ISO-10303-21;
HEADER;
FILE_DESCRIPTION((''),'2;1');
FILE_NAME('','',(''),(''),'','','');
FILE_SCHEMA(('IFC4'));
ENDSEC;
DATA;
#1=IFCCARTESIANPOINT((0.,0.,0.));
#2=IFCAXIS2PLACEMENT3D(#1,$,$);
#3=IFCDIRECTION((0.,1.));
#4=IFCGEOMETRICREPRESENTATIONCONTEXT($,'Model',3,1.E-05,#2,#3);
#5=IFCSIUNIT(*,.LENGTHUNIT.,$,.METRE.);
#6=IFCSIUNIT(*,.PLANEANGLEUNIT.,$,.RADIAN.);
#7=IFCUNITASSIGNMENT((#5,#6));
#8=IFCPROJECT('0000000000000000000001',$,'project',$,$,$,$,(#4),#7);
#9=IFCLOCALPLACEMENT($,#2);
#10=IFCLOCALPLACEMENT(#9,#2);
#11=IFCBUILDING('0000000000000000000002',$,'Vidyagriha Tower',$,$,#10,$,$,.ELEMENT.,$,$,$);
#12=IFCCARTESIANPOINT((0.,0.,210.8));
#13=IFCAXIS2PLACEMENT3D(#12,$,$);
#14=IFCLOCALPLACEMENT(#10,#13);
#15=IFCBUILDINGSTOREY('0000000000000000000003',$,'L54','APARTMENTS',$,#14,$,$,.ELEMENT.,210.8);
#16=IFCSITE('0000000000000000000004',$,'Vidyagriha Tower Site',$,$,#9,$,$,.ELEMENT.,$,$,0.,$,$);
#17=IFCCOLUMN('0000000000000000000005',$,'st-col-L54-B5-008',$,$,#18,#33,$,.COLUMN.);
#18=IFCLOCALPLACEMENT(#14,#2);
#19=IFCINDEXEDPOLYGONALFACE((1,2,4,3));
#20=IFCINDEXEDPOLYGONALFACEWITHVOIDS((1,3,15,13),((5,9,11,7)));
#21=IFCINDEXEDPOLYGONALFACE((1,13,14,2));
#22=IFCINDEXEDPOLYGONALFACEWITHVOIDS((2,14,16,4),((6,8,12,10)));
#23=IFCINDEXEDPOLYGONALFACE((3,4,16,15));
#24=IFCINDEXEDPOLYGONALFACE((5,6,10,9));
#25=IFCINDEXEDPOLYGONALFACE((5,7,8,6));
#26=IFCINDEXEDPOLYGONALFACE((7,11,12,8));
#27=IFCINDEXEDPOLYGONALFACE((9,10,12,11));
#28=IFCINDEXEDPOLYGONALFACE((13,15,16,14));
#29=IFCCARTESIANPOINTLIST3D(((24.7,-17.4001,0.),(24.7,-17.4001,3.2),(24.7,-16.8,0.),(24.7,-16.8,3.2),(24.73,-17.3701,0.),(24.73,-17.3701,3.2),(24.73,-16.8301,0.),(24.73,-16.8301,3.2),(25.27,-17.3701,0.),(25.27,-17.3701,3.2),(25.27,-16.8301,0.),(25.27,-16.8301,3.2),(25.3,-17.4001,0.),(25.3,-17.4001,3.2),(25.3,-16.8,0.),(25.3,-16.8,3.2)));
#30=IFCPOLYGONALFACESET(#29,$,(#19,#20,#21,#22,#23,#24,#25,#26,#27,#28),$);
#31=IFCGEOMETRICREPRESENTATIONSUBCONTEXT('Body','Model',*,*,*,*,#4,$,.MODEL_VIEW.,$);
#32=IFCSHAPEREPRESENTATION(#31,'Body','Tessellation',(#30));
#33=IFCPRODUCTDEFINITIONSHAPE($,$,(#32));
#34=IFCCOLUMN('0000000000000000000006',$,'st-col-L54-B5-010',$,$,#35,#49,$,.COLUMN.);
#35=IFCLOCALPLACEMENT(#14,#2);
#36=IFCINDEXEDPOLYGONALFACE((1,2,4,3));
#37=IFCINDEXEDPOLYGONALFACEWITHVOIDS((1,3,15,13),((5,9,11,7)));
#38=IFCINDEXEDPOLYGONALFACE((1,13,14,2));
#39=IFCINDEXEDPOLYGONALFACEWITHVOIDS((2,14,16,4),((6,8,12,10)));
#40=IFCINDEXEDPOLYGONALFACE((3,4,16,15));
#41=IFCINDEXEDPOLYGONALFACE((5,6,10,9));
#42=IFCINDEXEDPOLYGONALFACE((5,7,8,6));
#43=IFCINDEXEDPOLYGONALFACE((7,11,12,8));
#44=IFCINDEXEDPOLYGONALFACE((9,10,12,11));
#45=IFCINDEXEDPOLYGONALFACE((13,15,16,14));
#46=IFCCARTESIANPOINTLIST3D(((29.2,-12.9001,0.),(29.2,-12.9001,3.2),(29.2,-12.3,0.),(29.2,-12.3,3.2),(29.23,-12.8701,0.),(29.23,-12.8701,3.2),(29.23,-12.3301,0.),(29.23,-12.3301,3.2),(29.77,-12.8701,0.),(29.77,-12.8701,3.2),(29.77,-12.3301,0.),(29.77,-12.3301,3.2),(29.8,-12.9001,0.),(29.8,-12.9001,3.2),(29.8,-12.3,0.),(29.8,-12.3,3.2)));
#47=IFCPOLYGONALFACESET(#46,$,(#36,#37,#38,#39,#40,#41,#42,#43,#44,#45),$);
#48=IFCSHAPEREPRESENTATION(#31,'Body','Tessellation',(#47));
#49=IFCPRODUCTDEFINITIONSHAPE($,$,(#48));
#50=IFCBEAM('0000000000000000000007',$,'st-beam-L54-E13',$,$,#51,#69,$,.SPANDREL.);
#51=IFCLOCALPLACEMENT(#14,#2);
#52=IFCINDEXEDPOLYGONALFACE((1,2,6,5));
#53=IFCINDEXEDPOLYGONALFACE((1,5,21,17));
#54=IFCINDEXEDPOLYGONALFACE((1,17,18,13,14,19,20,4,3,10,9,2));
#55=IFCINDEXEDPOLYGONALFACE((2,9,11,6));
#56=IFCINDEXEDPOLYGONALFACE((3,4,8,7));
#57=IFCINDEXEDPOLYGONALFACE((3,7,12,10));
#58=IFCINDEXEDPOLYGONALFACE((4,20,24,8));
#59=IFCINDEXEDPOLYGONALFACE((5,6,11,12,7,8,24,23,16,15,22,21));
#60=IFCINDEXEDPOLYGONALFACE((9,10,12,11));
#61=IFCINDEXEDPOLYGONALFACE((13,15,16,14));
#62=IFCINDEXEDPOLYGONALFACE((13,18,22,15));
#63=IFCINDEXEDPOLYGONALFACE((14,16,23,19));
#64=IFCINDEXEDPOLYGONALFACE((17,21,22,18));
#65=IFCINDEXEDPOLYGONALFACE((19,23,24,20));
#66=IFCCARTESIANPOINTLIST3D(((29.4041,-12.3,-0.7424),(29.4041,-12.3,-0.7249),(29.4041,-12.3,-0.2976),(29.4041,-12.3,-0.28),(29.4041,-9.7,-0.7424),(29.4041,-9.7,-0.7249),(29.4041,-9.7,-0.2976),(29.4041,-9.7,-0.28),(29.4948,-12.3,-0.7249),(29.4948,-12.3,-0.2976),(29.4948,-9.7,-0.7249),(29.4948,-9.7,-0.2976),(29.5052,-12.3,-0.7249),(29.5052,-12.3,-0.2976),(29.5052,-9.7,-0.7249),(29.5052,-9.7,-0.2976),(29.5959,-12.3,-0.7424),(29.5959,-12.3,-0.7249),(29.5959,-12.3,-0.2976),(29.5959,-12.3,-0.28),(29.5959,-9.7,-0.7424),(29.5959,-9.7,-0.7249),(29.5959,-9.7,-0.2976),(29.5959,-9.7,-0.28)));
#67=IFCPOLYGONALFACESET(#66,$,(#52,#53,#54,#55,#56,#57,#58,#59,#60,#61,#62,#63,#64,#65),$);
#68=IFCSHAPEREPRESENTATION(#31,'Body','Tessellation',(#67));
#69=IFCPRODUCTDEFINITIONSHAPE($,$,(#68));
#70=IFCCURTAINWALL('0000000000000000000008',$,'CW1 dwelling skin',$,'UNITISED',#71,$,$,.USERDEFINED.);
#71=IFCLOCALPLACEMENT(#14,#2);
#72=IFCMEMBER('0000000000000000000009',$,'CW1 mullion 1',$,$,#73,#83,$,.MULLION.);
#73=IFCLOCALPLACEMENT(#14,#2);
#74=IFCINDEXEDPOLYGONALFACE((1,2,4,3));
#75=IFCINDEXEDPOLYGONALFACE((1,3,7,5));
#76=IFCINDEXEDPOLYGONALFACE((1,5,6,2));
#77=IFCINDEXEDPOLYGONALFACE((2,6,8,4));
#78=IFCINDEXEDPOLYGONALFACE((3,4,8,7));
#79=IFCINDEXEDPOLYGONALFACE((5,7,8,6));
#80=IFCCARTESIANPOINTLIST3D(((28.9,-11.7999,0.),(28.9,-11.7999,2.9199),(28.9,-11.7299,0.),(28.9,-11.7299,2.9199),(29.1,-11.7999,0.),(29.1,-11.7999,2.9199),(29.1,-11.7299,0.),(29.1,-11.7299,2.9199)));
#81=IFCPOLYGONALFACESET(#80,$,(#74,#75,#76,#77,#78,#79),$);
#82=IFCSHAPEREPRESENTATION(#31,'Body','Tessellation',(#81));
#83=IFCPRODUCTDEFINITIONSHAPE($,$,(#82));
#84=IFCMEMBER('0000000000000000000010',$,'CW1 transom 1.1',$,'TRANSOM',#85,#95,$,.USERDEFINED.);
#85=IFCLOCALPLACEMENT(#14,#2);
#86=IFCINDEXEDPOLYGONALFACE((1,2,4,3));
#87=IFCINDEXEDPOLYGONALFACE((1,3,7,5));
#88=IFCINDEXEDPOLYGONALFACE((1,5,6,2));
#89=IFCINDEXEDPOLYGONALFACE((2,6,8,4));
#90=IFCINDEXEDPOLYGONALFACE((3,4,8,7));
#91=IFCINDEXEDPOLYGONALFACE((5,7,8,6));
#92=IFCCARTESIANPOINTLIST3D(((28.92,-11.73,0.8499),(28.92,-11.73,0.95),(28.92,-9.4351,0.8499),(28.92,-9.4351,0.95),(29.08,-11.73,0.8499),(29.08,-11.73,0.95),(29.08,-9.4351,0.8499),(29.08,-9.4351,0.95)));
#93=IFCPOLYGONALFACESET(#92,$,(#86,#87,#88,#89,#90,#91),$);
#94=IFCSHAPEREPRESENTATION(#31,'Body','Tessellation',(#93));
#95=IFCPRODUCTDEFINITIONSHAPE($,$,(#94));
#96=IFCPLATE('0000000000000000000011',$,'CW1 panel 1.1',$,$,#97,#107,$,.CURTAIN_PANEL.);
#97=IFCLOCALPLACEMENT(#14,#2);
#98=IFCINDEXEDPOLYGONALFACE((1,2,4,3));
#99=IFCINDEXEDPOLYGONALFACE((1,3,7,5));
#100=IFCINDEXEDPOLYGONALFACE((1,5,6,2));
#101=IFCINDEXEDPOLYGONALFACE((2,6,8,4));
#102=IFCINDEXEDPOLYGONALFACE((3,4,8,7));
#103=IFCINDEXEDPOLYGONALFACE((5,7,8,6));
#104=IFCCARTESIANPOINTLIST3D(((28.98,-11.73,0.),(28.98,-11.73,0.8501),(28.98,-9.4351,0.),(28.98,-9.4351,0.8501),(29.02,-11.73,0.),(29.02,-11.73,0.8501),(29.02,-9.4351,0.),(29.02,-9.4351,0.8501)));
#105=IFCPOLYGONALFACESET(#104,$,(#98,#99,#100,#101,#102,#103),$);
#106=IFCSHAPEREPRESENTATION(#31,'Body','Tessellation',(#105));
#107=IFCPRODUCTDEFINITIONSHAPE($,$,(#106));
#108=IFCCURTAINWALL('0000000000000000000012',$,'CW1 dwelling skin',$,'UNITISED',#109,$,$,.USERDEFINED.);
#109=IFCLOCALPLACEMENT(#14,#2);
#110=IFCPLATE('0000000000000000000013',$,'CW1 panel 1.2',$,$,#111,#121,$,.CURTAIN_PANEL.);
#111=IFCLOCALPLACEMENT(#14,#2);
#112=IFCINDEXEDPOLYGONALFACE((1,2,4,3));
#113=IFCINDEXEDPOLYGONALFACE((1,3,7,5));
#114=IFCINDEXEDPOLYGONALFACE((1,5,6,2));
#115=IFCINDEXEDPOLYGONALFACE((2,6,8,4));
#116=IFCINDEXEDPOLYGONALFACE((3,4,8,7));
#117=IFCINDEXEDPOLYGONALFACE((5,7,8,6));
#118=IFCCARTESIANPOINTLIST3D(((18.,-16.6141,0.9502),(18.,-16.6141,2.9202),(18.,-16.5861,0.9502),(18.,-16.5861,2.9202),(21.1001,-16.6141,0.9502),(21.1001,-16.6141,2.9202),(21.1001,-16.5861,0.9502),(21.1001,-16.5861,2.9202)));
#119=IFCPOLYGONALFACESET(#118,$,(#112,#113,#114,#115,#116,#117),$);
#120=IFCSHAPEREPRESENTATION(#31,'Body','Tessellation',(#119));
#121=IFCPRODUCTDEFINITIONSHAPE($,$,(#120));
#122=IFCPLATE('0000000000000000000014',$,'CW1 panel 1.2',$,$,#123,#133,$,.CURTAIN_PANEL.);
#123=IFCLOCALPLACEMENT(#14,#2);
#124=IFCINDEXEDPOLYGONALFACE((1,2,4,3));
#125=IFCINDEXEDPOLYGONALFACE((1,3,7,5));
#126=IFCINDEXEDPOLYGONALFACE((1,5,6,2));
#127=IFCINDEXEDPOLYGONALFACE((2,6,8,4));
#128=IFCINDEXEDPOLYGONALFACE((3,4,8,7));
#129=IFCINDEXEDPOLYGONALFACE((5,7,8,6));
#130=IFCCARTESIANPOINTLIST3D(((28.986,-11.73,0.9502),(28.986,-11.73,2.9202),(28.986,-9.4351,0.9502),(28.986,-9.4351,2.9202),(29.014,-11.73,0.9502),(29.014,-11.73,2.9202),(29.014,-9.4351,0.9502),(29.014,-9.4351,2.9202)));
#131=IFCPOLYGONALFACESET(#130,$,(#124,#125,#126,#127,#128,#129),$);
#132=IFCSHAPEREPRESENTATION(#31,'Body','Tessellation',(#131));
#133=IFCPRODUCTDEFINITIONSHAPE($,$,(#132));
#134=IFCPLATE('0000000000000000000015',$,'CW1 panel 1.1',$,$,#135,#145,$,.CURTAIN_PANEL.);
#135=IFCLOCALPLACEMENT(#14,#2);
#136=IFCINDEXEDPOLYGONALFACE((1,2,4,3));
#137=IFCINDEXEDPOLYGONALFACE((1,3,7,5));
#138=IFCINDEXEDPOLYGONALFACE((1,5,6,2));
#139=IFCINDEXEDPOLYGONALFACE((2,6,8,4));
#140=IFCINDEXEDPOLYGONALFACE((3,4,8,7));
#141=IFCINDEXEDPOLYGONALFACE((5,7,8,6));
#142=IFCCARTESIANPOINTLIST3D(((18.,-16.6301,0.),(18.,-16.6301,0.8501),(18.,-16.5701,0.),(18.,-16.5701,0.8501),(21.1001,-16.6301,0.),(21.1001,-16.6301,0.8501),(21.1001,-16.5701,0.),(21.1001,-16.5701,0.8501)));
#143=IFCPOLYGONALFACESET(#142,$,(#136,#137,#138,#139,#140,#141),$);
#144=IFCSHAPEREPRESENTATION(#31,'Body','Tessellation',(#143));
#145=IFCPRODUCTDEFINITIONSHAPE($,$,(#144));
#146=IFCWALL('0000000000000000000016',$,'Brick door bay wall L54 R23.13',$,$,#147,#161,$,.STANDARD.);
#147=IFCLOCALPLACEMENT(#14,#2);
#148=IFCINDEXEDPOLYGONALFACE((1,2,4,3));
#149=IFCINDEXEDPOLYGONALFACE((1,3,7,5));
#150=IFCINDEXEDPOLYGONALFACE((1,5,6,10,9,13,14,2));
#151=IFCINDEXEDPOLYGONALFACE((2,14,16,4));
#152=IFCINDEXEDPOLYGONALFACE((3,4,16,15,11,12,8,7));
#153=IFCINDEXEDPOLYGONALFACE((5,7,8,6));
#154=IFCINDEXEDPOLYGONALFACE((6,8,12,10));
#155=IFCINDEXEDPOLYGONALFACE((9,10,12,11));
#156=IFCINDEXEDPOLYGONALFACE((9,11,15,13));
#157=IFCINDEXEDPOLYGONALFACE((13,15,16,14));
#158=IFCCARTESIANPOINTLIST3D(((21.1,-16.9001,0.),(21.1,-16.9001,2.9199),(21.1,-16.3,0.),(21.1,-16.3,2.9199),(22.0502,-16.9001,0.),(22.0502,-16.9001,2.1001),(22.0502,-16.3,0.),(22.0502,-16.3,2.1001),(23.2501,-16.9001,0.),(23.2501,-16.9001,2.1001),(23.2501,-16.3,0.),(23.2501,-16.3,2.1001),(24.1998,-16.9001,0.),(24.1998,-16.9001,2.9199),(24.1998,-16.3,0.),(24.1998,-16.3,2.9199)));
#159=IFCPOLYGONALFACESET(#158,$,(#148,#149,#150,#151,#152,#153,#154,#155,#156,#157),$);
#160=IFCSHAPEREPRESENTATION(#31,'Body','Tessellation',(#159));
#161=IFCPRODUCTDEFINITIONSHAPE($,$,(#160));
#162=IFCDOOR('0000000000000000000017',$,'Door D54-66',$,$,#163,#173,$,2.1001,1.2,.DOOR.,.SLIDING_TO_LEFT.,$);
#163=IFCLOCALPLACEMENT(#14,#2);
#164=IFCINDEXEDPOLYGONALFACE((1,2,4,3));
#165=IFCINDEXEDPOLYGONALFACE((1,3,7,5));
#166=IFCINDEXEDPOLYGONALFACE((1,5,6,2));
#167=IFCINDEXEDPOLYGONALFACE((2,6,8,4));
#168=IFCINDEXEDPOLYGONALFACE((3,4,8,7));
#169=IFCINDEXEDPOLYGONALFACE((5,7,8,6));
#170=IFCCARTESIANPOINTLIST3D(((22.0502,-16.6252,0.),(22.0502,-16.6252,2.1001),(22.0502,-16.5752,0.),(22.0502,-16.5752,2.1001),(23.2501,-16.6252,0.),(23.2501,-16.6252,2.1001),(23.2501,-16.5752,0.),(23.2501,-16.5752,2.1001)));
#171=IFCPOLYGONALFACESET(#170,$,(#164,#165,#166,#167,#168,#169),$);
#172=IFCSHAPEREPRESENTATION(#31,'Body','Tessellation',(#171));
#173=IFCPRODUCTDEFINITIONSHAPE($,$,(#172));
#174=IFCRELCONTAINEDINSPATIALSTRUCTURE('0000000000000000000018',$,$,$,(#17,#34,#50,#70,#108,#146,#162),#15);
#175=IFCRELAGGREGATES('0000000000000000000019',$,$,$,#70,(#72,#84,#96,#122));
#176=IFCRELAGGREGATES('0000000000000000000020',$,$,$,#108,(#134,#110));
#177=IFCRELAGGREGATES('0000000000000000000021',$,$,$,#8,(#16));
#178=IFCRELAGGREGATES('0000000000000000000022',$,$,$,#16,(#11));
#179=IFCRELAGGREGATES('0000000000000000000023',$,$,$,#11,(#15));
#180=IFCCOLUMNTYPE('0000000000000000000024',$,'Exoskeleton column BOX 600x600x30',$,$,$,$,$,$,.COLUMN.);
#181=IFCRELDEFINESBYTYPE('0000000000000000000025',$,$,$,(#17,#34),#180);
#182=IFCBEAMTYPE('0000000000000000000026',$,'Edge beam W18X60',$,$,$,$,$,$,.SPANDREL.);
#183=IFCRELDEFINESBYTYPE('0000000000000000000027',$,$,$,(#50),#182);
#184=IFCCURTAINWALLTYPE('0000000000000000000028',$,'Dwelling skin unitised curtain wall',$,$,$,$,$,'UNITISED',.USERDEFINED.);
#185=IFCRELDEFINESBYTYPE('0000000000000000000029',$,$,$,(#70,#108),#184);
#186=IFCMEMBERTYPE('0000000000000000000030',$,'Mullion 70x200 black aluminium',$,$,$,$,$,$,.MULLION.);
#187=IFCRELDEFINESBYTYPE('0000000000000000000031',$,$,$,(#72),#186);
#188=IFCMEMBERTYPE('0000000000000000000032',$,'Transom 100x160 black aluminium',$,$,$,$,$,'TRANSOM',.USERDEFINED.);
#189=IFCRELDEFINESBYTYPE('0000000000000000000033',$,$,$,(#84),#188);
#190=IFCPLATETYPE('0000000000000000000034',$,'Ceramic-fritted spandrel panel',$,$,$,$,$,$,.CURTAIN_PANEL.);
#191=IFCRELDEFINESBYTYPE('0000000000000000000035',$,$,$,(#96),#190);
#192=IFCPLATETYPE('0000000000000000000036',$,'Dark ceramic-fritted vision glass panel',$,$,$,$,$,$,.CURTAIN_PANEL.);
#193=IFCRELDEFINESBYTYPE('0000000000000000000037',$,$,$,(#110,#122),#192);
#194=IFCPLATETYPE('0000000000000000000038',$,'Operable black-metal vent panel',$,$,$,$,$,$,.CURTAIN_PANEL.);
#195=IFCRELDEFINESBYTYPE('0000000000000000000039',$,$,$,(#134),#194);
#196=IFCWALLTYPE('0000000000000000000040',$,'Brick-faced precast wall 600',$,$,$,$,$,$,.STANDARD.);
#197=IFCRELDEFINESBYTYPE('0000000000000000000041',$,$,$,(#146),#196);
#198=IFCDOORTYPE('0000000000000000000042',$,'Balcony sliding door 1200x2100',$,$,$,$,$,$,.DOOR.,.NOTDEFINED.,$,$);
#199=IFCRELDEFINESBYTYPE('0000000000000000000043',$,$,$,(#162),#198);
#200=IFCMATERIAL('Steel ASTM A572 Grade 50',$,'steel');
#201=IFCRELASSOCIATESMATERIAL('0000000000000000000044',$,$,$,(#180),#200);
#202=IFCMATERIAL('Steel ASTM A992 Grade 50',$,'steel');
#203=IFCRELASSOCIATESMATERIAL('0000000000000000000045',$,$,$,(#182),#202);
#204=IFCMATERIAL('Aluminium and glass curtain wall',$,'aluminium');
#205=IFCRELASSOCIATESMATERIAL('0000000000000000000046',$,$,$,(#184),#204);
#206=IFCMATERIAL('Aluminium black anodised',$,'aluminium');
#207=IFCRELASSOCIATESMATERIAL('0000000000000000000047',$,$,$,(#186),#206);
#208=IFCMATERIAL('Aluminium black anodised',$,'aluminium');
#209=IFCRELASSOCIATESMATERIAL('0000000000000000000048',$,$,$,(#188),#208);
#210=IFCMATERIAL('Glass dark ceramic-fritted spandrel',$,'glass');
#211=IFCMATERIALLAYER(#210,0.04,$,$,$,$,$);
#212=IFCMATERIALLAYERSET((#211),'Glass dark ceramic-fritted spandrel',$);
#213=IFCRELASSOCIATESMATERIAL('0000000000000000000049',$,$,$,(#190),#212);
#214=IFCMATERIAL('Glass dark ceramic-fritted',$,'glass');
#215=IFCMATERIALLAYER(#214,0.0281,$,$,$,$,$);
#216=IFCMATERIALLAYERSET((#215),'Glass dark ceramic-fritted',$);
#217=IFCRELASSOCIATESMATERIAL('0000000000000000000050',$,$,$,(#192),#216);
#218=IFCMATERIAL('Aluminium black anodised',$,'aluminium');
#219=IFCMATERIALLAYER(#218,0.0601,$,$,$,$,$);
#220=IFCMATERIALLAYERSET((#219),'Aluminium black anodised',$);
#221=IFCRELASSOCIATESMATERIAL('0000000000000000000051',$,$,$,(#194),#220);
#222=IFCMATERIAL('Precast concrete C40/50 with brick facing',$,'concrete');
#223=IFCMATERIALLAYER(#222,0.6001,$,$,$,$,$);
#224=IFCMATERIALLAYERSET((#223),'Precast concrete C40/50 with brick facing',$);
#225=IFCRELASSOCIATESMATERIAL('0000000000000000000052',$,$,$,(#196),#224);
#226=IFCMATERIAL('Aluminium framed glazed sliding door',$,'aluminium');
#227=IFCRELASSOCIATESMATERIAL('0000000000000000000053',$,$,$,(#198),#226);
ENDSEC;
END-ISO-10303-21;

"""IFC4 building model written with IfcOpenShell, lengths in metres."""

from ifc_helpers import new_model, si_unit, direction, frame, frame_2d, origin, origin_2d, place, context, subcontext, project, spatial, rectangle, hollow_rectangle, i_section, extrude, material, layer, layer_set, material_profile, profile_set, type_object, element, fill, aggregate, save


model = new_model("IFC4")

# Units and contexts
model_context = context("Model", 3, precision=1e-05, world=origin(), true_north=direction((0.0, 1.0)))
body_context = subcontext(model_context, "Body", "Model", "MODEL_VIEW")
ifc_project = project(units=[si_unit("LENGTHUNIT", "METRE"), si_unit("PLANEANGLEUNIT", "RADIAN")], contexts=[model_context])

# Site, building, storey
site_placement = place(None, origin())
site = spatial("IfcSite", under=ifc_project, at=site_placement, Name="Vidyagriha Tower Site", CompositionType="ELEMENT", RefElevation=0.0)
building_placement = place(site_placement, origin())
building = spatial("IfcBuilding", under=site, at=building_placement, Name="Vidyagriha Tower", CompositionType="ELEMENT")
storey_placement = place(building_placement, frame((0.0, 0.0, 210.8)))
storey = spatial("IfcBuildingStorey", under=building, at=storey_placement, Name="L54", Description="APARTMENTS", CompositionType="ELEMENT", Elevation=210.8)

# Columns
ifc_material_1 = material(Name="Steel ASTM A572 Grade 50", Category="steel")
ifc_material_profile_1 = material_profile(ifc_material_1, hollow_rectangle(XDim=0.6001, YDim=0.6001, WallThickness=0.03, at=origin_2d()), Name="BOX 600x600x30")
ifc_profile_set_1 = profile_set([ifc_material_profile_1], Name="Steel ASTM A572 Grade 50")
column_type = type_object("IfcColumnType", Name="Exoskeleton column BOX 600x600x30", PredefinedType="COLUMN", material=ifc_profile_set_1)
for number, where, name in (
    (1, (25.0, -17.1001, 0.0), "st-col-L54-B5-008"),
    (2, (29.5, -12.6001, 0.0), "st-col-L54-B5-010"),
):
    element("IfcColumn", number, at=place(storey_placement, frame(where)), inside=storey, type_object=column_type, Name=name, PredefinedType="COLUMN", context=body_context, shape_type="SweptSolid", body=[
        extrude(hollow_rectangle(XDim=0.6001, YDim=0.6001, WallThickness=0.03, at=origin_2d()), origin(), (0.0, 0.0, 1.0), 3.2),
    ])

# Beam
ifc_material_2 = material(Name="Steel ASTM A992 Grade 50", Category="steel")
ifc_material_profile_2 = material_profile(ifc_material_2, i_section(OverallWidth=0.1919, OverallDepth=0.4624, WebThickness=0.0105, FlangeThickness=0.0176, at=origin_2d()), Name="W18X60")
ifc_profile_set_2 = profile_set([ifc_material_profile_2], Name="Steel ASTM A992 Grade 50")
beam_type = type_object("IfcBeamType", Name="Edge beam W18X60", PredefinedType="SPANDREL", material=ifc_profile_set_2)
beam_placement = place(storey_placement, frame((29.5, -12.3, -0.5112), z_axis=(0.0, 1.0, 0.0), x_axis=(-1.0, 0.0, 0.0)))
element("IfcBeam", 3, at=beam_placement, inside=storey, type_object=beam_type, Name="st-beam-L54-E13", PredefinedType="SPANDREL", context=body_context, shape_type="SweptSolid", body=[
    extrude(i_section(OverallWidth=0.1919, OverallDepth=0.4624, WebThickness=0.0105, FlangeThickness=0.0176, at=origin_2d()), origin(), (0.0, 0.0, 1.0), 2.6001),
])

# Curtain wall, members, plate
ifc_material_3 = material(Name="Aluminium and glass curtain wall", Category="aluminium")
curtain_wall_type = type_object("IfcCurtainWallType", Name="Dwelling skin unitised curtain wall", ElementType="UNITISED", PredefinedType="USERDEFINED", material=ifc_material_3)
curtain_wall_1_placement = place(storey_placement, origin())
curtain_wall_1 = element("IfcCurtainWall", 4, at=curtain_wall_1_placement, inside=storey, type_object=curtain_wall_type, Name="CW1 dwelling skin", ObjectType="UNITISED", PredefinedType="USERDEFINED")
ifc_material_4 = material(Name="Aluminium black anodised", Category="aluminium")
ifc_material_profile_3 = material_profile(ifc_material_4, rectangle(XDim=0.2, YDim=0.0701, at=origin_2d()), Name="Mullion 70x200 black aluminium")
ifc_profile_set_3 = profile_set([ifc_material_profile_3], Name="Aluminium black anodised")
member_type_1 = type_object("IfcMemberType", Name="Mullion 70x200 black aluminium", PredefinedType="MULLION", material=ifc_profile_set_3)
member_1_placement = place(storey_placement, frame((29.0, -11.7649, 0.0), z_axis=(0.0, 0.0, 1.0), x_axis=(-1.0, 0.0, 0.0)))
member_1 = element("IfcMember", 5, at=member_1_placement, type_object=member_type_1, Name="CW1 mullion 1", PredefinedType="MULLION", context=body_context, shape_type="SweptSolid", body=[
    extrude(rectangle(XDim=0.2, YDim=0.0701, at=origin_2d()), origin(), (0.0, 0.0, 1.0), 2.9199),
])
ifc_material_5 = material(Name="Aluminium black anodised", Category="aluminium")
ifc_material_profile_4 = material_profile(ifc_material_5, rectangle(XDim=0.1599, YDim=0.1001, at=origin_2d()), Name="Transom 100x160 black aluminium")
ifc_profile_set_4 = profile_set([ifc_material_profile_4], Name="Aluminium black anodised")
member_type_2 = type_object("IfcMemberType", Name="Transom 100x160 black aluminium", ElementType="TRANSOM", PredefinedType="USERDEFINED", material=ifc_profile_set_4)
member_2_placement = place(storey_placement, frame((29.0, -11.73, 0.8999), z_axis=(0.0, 1.0, 0.0), x_axis=(-1.0, 0.0, 0.0)))
member_2 = element("IfcMember", 6, at=member_2_placement, type_object=member_type_2, Name="CW1 transom 1.1", ObjectType="TRANSOM", PredefinedType="USERDEFINED", context=body_context, shape_type="SweptSolid", body=[
    extrude(rectangle(XDim=0.1599, YDim=0.1001, at=origin_2d()), origin(), (0.0, 0.0, 1.0), 2.2949),
])
ifc_material_6 = material(Name="Glass dark ceramic-fritted spandrel", Category="glass")
ifc_layer_1 = layer(ifc_material_6, 0.04)
ifc_layer_set_1 = layer_set([ifc_layer_1], Name="Glass dark ceramic-fritted spandrel")
plate_type_1 = type_object("IfcPlateType", Name="Ceramic-fritted spandrel panel", PredefinedType="CURTAIN_PANEL", material=ifc_layer_set_1)
plate_1_placement = place(storey_placement, frame((29.0, -10.5825, 0.0), z_axis=(0.0, 0.0, 1.0), x_axis=(0.0, 1.0, 0.0)))
plate_1 = element("IfcPlate", 7, at=plate_1_placement, type_object=plate_type_1, Name="CW1 panel 1.1", PredefinedType="CURTAIN_PANEL", context=body_context, shape_type="SweptSolid", body=[
    extrude(rectangle(XDim=2.2949, YDim=0.04, at=origin_2d()), origin(), (0.0, 0.0, 1.0), 0.8501),
])

# Curtain wall, plate
curtain_wall_2_placement = place(storey_placement, origin())
curtain_wall_2 = element("IfcCurtainWall", 8, at=curtain_wall_2_placement, inside=storey, type_object=curtain_wall_type, Name="CW1 dwelling skin", ObjectType="UNITISED", PredefinedType="USERDEFINED")
ifc_material_7 = material(Name="Glass dark ceramic-fritted", Category="glass")
ifc_layer_2 = layer(ifc_material_7, 0.0281)
ifc_layer_set_2 = layer_set([ifc_layer_2], Name="Glass dark ceramic-fritted")
plate_type_2 = type_object("IfcPlateType", Name="Dark ceramic-fritted vision glass panel", PredefinedType="CURTAIN_PANEL", material=ifc_layer_set_2)
plate_2_placement = place(storey_placement, frame((19.55, -16.6001, 0.9502)))
plate_2 = element("IfcPlate", 9, at=plate_2_placement, type_object=plate_type_2, Name="CW1 panel 1.2", PredefinedType="CURTAIN_PANEL", context=body_context, shape_type="SweptSolid", body=[
    extrude(rectangle(XDim=3.1001, YDim=0.0281, at=origin_2d()), origin(), (0.0, 0.0, 1.0), 1.97),
])

# Plates
plate_3_placement = place(storey_placement, frame((29.0, -10.5825, 0.9502), z_axis=(0.0, 0.0, 1.0), x_axis=(0.0, 1.0, 0.0)))
plate_3 = element("IfcPlate", 10, at=plate_3_placement, type_object=plate_type_2, Name="CW1 panel 1.2", PredefinedType="CURTAIN_PANEL", context=body_context, shape_type="SweptSolid", body=[
    extrude(rectangle(XDim=2.2949, YDim=0.0281, at=origin_2d()), origin(), (0.0, 0.0, 1.0), 1.97),
])
aggregate(curtain_wall_1, [member_1, member_2, plate_1, plate_3])
ifc_material_8 = material(Name="Aluminium black anodised", Category="aluminium")
ifc_layer_3 = layer(ifc_material_8, 0.0601)
ifc_layer_set_3 = layer_set([ifc_layer_3], Name="Aluminium black anodised")
plate_type_3 = type_object("IfcPlateType", Name="Operable black-metal vent panel", PredefinedType="CURTAIN_PANEL", material=ifc_layer_set_3)
plate_4_placement = place(storey_placement, frame((19.55, -16.6001, 0.0)))
plate_4 = element("IfcPlate", 11, at=plate_4_placement, type_object=plate_type_3, Name="CW1 panel 1.1", PredefinedType="CURTAIN_PANEL", context=body_context, shape_type="SweptSolid", body=[
    extrude(rectangle(XDim=3.1001, YDim=0.0601, at=origin_2d()), origin(), (0.0, 0.0, 1.0), 0.8501),
])
aggregate(curtain_wall_2, [plate_4, plate_2])

# Wall, opening, door
ifc_material_9 = material(Name="Precast concrete C40/50 with brick facing", Category="concrete")
ifc_layer_4 = layer(ifc_material_9, 0.6001)
ifc_layer_set_4 = layer_set([ifc_layer_4], Name="Precast concrete C40/50 with brick facing")
wall_type_1 = type_object("IfcWallType", Name="Brick-faced precast wall 600", PredefinedType="STANDARD", material=ifc_layer_set_4)
wall_1_placement = place(storey_placement, frame((21.1001, -16.6001, 0.0)))
wall_1 = element("IfcWall", 12, at=wall_1_placement, inside=storey, type_object=wall_type_1, Name="Brick door bay wall L54 R23.13", PredefinedType="STANDARD", context=body_context, shape_type="SweptSolid", body=[
    extrude(rectangle(XDim=3.0999, YDim=0.6001, at=frame_2d((1.5498, 0.0))), origin(), (0.0, 0.0, 1.0), 2.9199),
])
opening_1_placement = place(wall_1_placement, frame((0.95, 0.0, 0.0)))
opening_1 = element("IfcOpeningElement", 13, at=opening_1_placement, cuts=wall_1, PredefinedType="OPENING", context=body_context, shape_type="SweptSolid", body=[
    extrude(rectangle(XDim=1.2, YDim=2.1001, at=frame_2d((0.6001, 1.05))), frame((0.0, 0.3101, 0.0), z_axis=(0.0, -1.0, 0.0), x_axis=(1.0, 0.0, 0.0)), (0.0, 0.0, 1.0), 0.6201),
])
ifc_material_10 = material(Name="Aluminium framed glazed sliding door", Category="aluminium")
door_type_1 = type_object("IfcDoorType", Name="Balcony sliding door 1200x2100", OperationType="NOTDEFINED", PredefinedType="DOOR", material=ifc_material_10)
door_1_placement = place(opening_1_placement, origin())
door_1 = element("IfcDoor", 14, at=door_1_placement, inside=storey, type_object=door_type_1, Name="Door D54-66", OperationType="SLIDING_TO_LEFT", OverallHeight=2.1001, OverallWidth=1.2, PredefinedType="DOOR", context=body_context, shape_type="SweptSolid", body=[
    extrude(rectangle(XDim=1.2, YDim=2.1001, at=frame_2d((0.6001, 1.05))), frame((0.0, 0.0249, 0.0), z_axis=(0.0, -1.0, 0.0), x_axis=(1.0, 0.0, 0.0)), (0.0, 0.0, 1.0), 0.05),
])
fill(opening_1, door_1)

save(model, "model.ifc")
